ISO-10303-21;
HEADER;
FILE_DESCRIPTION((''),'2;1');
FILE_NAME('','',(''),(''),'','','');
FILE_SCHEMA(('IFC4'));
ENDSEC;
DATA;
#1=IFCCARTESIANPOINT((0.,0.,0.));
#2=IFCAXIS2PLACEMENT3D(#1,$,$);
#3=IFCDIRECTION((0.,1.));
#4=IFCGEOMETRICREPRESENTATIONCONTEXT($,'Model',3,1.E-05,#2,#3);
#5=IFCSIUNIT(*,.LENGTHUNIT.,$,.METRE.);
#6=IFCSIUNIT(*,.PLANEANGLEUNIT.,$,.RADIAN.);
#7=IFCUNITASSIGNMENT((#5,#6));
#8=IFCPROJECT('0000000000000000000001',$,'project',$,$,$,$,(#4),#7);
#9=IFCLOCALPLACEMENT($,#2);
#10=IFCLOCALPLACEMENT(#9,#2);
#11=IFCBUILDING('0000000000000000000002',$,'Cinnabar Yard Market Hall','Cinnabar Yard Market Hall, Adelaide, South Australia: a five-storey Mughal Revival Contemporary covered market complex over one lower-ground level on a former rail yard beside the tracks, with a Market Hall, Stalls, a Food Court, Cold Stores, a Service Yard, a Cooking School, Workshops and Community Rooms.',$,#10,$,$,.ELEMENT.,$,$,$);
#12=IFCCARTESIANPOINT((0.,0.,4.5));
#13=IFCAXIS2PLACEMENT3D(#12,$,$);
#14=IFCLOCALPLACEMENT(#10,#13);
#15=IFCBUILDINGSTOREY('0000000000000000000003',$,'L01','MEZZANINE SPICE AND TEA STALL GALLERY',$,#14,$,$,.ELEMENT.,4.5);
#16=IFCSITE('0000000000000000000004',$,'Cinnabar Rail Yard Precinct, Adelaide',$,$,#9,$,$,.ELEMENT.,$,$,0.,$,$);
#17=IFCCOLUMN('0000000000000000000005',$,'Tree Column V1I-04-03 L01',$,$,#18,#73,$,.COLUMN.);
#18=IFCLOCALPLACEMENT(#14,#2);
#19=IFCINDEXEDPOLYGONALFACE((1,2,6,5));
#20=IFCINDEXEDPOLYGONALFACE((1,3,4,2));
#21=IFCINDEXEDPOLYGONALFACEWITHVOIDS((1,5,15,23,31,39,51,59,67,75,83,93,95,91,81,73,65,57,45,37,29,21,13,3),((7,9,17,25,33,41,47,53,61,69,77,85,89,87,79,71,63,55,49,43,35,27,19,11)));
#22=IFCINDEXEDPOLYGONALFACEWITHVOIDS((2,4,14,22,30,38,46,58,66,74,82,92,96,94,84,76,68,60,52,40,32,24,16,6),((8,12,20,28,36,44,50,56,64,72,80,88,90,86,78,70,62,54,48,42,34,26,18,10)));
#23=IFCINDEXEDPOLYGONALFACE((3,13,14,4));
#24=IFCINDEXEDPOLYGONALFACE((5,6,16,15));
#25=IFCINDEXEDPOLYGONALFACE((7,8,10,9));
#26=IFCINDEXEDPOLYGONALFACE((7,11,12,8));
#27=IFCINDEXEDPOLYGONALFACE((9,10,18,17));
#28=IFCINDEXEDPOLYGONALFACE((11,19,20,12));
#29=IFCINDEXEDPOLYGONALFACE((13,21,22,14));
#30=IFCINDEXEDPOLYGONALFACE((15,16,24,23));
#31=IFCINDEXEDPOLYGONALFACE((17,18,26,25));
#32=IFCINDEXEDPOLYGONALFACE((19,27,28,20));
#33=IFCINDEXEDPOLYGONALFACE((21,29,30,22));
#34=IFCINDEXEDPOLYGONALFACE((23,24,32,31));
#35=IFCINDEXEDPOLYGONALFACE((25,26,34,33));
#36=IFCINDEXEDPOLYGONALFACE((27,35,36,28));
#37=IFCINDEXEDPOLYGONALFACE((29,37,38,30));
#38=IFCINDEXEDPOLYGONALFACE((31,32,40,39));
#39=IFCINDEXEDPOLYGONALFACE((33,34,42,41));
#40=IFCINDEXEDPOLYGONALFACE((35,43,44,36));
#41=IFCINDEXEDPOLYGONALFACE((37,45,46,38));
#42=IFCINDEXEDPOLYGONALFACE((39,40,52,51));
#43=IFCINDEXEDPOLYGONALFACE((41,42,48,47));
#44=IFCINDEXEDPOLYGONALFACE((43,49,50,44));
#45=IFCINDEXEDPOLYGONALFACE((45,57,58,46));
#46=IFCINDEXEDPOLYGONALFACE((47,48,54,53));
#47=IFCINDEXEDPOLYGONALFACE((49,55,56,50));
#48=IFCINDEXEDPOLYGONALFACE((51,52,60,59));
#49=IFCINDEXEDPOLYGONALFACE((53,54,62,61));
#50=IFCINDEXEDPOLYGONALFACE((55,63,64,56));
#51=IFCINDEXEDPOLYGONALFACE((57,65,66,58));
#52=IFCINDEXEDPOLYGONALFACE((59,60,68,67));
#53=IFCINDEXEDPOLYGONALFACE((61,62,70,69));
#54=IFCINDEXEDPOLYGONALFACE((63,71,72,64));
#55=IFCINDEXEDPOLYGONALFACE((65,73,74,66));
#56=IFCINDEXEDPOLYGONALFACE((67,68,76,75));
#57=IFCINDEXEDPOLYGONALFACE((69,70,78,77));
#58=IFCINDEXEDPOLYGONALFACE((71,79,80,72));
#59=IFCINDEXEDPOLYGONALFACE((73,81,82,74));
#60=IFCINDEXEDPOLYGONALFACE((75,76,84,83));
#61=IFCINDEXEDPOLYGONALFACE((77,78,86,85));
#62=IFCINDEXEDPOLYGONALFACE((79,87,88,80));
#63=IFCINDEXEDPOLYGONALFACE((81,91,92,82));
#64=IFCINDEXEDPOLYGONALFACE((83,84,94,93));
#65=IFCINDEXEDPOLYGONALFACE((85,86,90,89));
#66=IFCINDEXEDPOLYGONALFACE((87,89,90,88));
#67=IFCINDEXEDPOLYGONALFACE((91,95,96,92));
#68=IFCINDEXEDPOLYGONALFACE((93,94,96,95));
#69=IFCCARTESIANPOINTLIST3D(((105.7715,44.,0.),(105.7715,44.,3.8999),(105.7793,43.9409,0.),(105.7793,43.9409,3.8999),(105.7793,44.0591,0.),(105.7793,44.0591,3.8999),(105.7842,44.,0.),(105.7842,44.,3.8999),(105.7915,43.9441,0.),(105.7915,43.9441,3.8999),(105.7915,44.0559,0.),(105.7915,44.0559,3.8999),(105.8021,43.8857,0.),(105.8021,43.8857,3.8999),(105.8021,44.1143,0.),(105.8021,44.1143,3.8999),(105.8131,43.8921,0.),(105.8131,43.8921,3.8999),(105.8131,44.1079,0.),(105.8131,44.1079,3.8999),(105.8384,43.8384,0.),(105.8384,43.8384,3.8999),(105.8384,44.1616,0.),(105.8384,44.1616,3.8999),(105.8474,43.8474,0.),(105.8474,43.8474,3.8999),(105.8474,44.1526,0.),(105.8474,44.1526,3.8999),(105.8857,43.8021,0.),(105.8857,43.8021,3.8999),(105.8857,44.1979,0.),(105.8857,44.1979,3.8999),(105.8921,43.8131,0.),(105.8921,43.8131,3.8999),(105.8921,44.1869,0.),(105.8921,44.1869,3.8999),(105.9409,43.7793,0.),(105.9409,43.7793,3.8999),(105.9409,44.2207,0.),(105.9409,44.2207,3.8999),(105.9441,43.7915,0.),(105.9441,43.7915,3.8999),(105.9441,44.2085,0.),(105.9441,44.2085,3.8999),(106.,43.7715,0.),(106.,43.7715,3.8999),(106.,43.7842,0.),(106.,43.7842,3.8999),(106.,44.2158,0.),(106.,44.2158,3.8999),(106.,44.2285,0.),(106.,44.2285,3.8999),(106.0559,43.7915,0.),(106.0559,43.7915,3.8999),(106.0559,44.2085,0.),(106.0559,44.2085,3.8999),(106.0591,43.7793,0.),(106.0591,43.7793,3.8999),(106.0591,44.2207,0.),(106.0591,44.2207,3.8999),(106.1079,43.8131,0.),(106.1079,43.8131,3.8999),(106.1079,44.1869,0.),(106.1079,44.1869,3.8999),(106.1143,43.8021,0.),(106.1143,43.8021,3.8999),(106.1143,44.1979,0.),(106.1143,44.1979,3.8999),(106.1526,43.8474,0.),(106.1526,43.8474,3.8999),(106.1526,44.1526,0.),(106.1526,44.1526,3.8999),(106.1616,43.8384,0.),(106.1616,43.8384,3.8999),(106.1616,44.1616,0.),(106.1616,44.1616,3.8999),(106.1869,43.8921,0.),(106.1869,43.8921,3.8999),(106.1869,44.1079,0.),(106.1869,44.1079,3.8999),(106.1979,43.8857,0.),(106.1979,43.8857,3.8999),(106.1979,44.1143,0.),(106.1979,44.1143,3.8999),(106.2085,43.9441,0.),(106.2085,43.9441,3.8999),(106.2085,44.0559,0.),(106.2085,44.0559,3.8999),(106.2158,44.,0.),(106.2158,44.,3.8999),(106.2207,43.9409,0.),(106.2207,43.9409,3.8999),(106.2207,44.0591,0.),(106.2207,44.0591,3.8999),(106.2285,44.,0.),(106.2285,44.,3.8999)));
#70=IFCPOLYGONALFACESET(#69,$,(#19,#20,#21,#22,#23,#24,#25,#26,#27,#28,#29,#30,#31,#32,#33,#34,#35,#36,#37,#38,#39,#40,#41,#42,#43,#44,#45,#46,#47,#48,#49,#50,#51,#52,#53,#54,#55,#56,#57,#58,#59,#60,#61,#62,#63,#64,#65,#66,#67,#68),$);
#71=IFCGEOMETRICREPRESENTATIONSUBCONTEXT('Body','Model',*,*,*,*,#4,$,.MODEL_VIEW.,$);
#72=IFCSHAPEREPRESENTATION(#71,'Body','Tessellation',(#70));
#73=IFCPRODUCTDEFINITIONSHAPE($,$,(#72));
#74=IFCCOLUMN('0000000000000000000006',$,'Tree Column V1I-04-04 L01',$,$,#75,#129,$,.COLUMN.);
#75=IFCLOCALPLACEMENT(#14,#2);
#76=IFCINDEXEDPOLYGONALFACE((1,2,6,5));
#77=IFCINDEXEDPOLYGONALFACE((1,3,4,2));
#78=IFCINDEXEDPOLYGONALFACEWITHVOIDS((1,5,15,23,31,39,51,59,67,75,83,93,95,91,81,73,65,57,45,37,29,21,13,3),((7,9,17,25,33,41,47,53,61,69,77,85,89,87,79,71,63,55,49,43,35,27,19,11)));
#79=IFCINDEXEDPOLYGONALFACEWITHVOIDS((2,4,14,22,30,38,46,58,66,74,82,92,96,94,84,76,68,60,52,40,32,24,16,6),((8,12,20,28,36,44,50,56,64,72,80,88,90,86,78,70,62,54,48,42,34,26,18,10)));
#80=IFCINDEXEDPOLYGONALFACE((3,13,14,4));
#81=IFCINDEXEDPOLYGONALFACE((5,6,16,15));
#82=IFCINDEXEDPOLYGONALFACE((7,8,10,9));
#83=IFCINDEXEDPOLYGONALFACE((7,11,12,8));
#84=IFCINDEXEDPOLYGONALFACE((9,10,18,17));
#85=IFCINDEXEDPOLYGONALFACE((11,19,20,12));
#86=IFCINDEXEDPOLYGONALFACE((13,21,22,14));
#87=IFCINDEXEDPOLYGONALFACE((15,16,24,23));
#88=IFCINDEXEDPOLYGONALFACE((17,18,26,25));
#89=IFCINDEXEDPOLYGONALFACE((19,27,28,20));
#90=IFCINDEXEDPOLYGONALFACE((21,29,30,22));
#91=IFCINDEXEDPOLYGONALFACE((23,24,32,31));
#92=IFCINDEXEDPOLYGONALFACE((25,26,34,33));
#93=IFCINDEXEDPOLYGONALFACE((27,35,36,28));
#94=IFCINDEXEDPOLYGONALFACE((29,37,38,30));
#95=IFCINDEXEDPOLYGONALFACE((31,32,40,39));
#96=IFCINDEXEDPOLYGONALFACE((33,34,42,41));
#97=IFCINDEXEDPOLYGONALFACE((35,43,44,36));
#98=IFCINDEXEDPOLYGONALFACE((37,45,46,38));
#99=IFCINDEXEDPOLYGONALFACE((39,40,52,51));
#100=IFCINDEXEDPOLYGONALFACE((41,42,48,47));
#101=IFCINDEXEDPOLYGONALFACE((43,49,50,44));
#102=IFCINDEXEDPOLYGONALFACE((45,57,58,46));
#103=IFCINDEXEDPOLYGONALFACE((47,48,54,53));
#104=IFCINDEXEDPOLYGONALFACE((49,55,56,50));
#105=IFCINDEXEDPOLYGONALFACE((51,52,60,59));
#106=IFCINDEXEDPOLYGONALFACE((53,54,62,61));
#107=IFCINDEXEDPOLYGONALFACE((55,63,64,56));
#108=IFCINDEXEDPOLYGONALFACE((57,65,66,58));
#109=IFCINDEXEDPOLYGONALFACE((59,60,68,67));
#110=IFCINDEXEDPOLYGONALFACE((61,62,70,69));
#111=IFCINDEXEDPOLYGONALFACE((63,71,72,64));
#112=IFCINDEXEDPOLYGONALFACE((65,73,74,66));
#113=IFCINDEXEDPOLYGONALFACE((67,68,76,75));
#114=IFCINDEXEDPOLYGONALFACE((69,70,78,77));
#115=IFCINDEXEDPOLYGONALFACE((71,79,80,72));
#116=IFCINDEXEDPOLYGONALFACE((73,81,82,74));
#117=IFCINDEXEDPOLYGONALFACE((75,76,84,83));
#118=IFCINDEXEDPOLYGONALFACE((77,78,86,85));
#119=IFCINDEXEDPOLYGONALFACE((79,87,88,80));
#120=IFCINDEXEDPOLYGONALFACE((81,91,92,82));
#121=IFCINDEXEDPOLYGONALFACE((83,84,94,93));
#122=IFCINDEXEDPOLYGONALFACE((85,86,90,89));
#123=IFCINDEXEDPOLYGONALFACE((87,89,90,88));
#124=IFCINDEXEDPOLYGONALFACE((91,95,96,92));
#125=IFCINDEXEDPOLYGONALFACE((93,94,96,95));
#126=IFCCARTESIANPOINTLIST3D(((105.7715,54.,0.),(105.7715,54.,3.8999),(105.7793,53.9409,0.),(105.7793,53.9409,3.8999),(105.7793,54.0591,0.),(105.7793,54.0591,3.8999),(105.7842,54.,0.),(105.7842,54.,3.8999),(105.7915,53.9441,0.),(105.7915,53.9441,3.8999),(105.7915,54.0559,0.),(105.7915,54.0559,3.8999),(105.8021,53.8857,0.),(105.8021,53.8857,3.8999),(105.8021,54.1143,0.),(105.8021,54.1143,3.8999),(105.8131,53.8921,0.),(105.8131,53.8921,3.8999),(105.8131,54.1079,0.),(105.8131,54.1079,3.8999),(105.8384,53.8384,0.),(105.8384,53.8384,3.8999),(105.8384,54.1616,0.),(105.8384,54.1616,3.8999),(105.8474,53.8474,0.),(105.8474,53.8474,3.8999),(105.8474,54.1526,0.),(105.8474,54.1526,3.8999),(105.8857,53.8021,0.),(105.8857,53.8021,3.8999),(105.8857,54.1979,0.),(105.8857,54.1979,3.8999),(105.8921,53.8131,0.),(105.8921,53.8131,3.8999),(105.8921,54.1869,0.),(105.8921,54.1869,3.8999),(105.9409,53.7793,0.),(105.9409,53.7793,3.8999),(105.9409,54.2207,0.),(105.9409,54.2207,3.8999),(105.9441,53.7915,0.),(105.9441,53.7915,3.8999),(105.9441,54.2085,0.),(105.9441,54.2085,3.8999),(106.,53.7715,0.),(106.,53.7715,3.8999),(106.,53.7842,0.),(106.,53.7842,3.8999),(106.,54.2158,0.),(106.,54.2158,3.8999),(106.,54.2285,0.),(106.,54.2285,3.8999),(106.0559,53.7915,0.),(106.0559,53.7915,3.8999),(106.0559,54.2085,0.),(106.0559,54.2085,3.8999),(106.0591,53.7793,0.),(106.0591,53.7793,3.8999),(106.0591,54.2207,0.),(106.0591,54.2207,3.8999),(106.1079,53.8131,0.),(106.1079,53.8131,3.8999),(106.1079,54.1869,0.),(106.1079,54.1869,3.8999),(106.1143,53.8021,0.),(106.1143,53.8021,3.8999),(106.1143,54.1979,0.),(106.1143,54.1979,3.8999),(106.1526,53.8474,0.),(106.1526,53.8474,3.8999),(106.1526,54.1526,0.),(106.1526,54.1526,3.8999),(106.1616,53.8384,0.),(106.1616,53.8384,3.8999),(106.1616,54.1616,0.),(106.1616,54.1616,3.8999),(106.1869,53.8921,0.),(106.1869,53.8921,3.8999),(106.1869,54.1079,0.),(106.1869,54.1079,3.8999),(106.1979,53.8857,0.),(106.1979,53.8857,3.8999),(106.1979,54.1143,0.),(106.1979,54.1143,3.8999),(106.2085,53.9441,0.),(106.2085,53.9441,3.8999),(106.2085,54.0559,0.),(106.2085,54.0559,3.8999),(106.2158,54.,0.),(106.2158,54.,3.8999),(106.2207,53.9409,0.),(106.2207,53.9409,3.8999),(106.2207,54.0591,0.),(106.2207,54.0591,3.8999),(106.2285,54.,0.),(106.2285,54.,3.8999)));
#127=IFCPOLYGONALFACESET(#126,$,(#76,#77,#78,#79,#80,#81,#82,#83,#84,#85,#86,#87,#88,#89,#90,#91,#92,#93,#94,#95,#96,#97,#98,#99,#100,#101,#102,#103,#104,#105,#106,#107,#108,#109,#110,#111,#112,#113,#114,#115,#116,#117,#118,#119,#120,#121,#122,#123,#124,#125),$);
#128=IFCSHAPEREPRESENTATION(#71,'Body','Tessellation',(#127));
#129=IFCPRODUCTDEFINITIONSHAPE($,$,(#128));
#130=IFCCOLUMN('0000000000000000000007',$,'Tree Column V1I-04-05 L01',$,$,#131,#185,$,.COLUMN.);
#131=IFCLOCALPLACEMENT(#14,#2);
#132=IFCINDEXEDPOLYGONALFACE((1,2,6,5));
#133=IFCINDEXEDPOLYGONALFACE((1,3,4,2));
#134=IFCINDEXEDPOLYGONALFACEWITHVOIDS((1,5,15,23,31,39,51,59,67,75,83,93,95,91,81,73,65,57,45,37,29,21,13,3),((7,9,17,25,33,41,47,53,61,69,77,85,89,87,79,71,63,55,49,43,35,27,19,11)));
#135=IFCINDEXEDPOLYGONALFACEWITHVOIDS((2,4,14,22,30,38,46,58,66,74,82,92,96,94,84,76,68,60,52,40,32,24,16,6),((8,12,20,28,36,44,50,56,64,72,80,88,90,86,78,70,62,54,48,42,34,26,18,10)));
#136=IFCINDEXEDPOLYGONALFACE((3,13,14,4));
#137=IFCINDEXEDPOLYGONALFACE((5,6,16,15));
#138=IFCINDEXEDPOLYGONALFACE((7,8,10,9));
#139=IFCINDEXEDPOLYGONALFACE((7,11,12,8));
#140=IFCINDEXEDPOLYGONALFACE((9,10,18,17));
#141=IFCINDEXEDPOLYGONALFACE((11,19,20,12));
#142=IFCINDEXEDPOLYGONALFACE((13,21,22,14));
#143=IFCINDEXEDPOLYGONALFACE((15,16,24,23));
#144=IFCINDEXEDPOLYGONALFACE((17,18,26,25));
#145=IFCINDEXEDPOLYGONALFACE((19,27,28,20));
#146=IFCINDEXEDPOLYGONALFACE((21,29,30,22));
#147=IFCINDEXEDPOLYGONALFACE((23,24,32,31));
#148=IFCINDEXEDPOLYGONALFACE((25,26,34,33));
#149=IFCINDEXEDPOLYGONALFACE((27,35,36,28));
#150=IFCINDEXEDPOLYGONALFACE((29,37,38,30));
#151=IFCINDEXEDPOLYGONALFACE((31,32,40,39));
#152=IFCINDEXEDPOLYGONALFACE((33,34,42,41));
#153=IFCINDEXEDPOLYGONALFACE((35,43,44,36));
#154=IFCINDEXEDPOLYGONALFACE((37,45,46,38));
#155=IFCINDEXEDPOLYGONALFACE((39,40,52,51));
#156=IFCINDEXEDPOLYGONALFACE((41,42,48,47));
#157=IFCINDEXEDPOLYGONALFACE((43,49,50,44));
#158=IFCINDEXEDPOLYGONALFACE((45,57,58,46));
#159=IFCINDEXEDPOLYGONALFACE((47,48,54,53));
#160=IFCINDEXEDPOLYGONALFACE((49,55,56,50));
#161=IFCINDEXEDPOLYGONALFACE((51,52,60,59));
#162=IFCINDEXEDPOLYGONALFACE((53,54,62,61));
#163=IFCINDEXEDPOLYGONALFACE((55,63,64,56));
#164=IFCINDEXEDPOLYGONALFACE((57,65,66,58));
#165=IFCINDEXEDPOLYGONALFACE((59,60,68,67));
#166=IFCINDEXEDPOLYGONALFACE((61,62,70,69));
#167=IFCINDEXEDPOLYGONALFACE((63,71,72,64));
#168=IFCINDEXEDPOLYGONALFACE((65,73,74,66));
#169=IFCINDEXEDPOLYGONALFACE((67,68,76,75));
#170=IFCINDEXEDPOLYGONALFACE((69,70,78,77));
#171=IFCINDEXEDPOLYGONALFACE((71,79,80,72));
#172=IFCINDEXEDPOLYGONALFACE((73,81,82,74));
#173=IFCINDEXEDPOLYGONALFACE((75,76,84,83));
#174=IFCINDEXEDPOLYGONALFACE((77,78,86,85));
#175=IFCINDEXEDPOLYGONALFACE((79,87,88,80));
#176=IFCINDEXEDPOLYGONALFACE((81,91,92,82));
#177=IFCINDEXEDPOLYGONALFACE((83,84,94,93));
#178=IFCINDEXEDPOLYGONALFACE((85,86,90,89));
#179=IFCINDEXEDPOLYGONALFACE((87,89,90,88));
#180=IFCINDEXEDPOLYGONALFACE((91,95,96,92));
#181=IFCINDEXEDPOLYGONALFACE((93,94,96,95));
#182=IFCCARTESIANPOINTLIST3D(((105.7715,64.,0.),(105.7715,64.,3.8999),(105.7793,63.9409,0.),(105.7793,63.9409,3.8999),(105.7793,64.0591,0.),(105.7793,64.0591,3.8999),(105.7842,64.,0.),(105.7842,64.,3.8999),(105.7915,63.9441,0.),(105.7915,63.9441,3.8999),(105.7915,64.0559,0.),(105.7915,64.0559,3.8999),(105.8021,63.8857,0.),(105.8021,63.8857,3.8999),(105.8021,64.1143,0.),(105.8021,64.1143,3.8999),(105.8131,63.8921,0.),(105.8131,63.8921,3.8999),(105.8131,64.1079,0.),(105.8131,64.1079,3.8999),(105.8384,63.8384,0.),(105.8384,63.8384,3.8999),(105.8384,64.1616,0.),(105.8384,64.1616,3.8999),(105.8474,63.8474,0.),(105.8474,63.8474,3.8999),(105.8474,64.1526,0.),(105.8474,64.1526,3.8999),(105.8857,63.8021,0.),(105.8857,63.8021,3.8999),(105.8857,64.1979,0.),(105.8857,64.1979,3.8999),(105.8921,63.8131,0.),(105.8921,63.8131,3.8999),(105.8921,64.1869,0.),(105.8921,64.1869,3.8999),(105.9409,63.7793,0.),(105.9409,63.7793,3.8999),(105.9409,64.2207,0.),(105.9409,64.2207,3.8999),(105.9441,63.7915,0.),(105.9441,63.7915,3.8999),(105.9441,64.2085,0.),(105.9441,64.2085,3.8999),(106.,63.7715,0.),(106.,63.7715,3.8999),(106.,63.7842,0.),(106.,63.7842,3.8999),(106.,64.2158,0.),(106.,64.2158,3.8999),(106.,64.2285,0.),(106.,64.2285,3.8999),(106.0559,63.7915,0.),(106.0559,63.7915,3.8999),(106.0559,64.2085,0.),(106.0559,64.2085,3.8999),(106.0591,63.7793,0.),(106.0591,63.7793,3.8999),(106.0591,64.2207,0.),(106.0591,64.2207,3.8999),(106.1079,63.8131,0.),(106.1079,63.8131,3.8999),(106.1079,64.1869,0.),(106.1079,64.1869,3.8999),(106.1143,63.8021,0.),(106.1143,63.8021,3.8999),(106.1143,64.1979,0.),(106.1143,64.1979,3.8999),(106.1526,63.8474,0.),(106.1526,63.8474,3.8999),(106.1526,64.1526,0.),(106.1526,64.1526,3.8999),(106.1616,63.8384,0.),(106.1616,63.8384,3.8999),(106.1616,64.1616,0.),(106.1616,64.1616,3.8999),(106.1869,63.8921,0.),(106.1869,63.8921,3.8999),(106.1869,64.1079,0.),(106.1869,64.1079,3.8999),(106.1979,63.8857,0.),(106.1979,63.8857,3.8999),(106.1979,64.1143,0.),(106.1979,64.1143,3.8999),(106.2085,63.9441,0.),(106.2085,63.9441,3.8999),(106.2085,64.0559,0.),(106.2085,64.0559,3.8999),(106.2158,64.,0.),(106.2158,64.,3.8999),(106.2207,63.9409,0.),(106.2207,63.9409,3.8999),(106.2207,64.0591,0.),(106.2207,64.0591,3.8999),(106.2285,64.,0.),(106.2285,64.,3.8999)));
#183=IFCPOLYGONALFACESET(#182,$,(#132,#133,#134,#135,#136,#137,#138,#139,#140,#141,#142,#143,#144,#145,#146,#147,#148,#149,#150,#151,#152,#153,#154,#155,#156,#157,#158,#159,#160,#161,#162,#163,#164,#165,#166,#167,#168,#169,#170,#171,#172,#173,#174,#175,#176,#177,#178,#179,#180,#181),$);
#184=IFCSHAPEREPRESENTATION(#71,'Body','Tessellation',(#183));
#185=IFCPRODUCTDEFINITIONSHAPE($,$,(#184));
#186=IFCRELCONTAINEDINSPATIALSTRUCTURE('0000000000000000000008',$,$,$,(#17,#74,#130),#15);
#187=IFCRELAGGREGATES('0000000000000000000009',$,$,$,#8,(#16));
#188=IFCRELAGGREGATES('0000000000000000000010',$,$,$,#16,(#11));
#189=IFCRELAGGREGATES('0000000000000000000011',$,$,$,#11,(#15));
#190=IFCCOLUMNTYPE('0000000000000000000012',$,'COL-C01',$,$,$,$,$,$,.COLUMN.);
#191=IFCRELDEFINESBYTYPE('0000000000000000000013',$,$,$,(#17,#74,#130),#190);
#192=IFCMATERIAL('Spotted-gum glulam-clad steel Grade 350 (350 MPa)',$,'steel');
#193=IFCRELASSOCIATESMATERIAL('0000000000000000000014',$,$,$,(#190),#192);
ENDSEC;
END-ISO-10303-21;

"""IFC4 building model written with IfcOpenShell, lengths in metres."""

from ifc_helpers import new_model, si_unit, direction, frame, origin, origin_2d_with_axis, place, context, subcontext, project, spatial, hollow_circle, extrude, material, material_profile, profile_set, type_object, element, save


model = new_model("IFC4")

# Units and contexts
model_context = context("Model", 3, precision=1e-05, world=origin(), true_north=direction((0.0, 1.0)))
body_context = subcontext(model_context, "Body", "Model", "MODEL_VIEW")
ifc_project = project(units=[si_unit("LENGTHUNIT", "METRE"), si_unit("PLANEANGLEUNIT", "RADIAN")], contexts=[model_context])

# Site, building, storey
site_placement = place(None, origin())
site = spatial("IfcSite", under=ifc_project, at=site_placement, Name="Cinnabar Rail Yard Precinct, Adelaide", CompositionType="ELEMENT", RefElevation=0.0)
building_placement = place(site_placement, origin())
building = spatial("IfcBuilding", under=site, at=building_placement, Name="Cinnabar Yard Market Hall", Description="Cinnabar Yard Market Hall, Adelaide, South Australia: a five-storey Mughal Revival Contemporary covered market complex over one lower-ground level on a former rail yard beside the tracks, with a Market Hall, Stalls, a Food Court, Cold Stores, a Service Yard, a Cooking School, Workshops and Community Rooms.", CompositionType="ELEMENT")
storey_placement = place(building_placement, frame((0.0, 0.0, 4.5)))
storey = spatial("IfcBuildingStorey", under=building, at=storey_placement, Name="L01", Description="MEZZANINE SPICE AND TEA STALL GALLERY", CompositionType="ELEMENT", Elevation=4.5)

# Columns
ifc_material_1 = material(Name="Spotted-gum glulam-clad steel Grade 350 (350 MPa)", Category="steel")
ifc_material_profile_1 = material_profile(ifc_material_1, hollow_circle(Radius=0.2285, WallThickness=0.0127, at=origin_2d_with_axis()), Name="457.0x12.7CHS")
ifc_profile_set_1 = profile_set([ifc_material_profile_1], Name="Spotted-gum glulam-clad steel Grade 350 (350 MPa)")
column_type = type_object("IfcColumnType", Name="COL-C01", PredefinedType="COLUMN", material=ifc_profile_set_1)
for number, where, z_axis, x_axis, name in (
    (1, (106.0, 44.0, 0.0), (0.0, 0.0, 1.0), (1.0, 0.0, 0.0), "Tree Column V1I-04-03 L01"),
    (2, (106.0, 54.0, 0.0), (0.0, 0.0, 1.0), (1.0, 0.0, 0.0), "Tree Column V1I-04-04 L01"),
    (3, (106.0, 64.0, 0.0), (0.0, 0.0, 1.0), (1.0, 0.0, 0.0), "Tree Column V1I-04-05 L01"),
):
    element("IfcColumn", number, at=place(storey_placement, frame(where, z_axis=z_axis, x_axis=x_axis)), inside=storey, type_object=column_type, Name=name, PredefinedType="COLUMN", context=body_context, shape_type="SweptSolid", body=[
        extrude(hollow_circle(Radius=0.2285, WallThickness=0.0127, at=origin_2d_with_axis()), origin(), (0.0, 0.0, 1.0), 3.8999),
    ])

save(model, "model.ifc")
